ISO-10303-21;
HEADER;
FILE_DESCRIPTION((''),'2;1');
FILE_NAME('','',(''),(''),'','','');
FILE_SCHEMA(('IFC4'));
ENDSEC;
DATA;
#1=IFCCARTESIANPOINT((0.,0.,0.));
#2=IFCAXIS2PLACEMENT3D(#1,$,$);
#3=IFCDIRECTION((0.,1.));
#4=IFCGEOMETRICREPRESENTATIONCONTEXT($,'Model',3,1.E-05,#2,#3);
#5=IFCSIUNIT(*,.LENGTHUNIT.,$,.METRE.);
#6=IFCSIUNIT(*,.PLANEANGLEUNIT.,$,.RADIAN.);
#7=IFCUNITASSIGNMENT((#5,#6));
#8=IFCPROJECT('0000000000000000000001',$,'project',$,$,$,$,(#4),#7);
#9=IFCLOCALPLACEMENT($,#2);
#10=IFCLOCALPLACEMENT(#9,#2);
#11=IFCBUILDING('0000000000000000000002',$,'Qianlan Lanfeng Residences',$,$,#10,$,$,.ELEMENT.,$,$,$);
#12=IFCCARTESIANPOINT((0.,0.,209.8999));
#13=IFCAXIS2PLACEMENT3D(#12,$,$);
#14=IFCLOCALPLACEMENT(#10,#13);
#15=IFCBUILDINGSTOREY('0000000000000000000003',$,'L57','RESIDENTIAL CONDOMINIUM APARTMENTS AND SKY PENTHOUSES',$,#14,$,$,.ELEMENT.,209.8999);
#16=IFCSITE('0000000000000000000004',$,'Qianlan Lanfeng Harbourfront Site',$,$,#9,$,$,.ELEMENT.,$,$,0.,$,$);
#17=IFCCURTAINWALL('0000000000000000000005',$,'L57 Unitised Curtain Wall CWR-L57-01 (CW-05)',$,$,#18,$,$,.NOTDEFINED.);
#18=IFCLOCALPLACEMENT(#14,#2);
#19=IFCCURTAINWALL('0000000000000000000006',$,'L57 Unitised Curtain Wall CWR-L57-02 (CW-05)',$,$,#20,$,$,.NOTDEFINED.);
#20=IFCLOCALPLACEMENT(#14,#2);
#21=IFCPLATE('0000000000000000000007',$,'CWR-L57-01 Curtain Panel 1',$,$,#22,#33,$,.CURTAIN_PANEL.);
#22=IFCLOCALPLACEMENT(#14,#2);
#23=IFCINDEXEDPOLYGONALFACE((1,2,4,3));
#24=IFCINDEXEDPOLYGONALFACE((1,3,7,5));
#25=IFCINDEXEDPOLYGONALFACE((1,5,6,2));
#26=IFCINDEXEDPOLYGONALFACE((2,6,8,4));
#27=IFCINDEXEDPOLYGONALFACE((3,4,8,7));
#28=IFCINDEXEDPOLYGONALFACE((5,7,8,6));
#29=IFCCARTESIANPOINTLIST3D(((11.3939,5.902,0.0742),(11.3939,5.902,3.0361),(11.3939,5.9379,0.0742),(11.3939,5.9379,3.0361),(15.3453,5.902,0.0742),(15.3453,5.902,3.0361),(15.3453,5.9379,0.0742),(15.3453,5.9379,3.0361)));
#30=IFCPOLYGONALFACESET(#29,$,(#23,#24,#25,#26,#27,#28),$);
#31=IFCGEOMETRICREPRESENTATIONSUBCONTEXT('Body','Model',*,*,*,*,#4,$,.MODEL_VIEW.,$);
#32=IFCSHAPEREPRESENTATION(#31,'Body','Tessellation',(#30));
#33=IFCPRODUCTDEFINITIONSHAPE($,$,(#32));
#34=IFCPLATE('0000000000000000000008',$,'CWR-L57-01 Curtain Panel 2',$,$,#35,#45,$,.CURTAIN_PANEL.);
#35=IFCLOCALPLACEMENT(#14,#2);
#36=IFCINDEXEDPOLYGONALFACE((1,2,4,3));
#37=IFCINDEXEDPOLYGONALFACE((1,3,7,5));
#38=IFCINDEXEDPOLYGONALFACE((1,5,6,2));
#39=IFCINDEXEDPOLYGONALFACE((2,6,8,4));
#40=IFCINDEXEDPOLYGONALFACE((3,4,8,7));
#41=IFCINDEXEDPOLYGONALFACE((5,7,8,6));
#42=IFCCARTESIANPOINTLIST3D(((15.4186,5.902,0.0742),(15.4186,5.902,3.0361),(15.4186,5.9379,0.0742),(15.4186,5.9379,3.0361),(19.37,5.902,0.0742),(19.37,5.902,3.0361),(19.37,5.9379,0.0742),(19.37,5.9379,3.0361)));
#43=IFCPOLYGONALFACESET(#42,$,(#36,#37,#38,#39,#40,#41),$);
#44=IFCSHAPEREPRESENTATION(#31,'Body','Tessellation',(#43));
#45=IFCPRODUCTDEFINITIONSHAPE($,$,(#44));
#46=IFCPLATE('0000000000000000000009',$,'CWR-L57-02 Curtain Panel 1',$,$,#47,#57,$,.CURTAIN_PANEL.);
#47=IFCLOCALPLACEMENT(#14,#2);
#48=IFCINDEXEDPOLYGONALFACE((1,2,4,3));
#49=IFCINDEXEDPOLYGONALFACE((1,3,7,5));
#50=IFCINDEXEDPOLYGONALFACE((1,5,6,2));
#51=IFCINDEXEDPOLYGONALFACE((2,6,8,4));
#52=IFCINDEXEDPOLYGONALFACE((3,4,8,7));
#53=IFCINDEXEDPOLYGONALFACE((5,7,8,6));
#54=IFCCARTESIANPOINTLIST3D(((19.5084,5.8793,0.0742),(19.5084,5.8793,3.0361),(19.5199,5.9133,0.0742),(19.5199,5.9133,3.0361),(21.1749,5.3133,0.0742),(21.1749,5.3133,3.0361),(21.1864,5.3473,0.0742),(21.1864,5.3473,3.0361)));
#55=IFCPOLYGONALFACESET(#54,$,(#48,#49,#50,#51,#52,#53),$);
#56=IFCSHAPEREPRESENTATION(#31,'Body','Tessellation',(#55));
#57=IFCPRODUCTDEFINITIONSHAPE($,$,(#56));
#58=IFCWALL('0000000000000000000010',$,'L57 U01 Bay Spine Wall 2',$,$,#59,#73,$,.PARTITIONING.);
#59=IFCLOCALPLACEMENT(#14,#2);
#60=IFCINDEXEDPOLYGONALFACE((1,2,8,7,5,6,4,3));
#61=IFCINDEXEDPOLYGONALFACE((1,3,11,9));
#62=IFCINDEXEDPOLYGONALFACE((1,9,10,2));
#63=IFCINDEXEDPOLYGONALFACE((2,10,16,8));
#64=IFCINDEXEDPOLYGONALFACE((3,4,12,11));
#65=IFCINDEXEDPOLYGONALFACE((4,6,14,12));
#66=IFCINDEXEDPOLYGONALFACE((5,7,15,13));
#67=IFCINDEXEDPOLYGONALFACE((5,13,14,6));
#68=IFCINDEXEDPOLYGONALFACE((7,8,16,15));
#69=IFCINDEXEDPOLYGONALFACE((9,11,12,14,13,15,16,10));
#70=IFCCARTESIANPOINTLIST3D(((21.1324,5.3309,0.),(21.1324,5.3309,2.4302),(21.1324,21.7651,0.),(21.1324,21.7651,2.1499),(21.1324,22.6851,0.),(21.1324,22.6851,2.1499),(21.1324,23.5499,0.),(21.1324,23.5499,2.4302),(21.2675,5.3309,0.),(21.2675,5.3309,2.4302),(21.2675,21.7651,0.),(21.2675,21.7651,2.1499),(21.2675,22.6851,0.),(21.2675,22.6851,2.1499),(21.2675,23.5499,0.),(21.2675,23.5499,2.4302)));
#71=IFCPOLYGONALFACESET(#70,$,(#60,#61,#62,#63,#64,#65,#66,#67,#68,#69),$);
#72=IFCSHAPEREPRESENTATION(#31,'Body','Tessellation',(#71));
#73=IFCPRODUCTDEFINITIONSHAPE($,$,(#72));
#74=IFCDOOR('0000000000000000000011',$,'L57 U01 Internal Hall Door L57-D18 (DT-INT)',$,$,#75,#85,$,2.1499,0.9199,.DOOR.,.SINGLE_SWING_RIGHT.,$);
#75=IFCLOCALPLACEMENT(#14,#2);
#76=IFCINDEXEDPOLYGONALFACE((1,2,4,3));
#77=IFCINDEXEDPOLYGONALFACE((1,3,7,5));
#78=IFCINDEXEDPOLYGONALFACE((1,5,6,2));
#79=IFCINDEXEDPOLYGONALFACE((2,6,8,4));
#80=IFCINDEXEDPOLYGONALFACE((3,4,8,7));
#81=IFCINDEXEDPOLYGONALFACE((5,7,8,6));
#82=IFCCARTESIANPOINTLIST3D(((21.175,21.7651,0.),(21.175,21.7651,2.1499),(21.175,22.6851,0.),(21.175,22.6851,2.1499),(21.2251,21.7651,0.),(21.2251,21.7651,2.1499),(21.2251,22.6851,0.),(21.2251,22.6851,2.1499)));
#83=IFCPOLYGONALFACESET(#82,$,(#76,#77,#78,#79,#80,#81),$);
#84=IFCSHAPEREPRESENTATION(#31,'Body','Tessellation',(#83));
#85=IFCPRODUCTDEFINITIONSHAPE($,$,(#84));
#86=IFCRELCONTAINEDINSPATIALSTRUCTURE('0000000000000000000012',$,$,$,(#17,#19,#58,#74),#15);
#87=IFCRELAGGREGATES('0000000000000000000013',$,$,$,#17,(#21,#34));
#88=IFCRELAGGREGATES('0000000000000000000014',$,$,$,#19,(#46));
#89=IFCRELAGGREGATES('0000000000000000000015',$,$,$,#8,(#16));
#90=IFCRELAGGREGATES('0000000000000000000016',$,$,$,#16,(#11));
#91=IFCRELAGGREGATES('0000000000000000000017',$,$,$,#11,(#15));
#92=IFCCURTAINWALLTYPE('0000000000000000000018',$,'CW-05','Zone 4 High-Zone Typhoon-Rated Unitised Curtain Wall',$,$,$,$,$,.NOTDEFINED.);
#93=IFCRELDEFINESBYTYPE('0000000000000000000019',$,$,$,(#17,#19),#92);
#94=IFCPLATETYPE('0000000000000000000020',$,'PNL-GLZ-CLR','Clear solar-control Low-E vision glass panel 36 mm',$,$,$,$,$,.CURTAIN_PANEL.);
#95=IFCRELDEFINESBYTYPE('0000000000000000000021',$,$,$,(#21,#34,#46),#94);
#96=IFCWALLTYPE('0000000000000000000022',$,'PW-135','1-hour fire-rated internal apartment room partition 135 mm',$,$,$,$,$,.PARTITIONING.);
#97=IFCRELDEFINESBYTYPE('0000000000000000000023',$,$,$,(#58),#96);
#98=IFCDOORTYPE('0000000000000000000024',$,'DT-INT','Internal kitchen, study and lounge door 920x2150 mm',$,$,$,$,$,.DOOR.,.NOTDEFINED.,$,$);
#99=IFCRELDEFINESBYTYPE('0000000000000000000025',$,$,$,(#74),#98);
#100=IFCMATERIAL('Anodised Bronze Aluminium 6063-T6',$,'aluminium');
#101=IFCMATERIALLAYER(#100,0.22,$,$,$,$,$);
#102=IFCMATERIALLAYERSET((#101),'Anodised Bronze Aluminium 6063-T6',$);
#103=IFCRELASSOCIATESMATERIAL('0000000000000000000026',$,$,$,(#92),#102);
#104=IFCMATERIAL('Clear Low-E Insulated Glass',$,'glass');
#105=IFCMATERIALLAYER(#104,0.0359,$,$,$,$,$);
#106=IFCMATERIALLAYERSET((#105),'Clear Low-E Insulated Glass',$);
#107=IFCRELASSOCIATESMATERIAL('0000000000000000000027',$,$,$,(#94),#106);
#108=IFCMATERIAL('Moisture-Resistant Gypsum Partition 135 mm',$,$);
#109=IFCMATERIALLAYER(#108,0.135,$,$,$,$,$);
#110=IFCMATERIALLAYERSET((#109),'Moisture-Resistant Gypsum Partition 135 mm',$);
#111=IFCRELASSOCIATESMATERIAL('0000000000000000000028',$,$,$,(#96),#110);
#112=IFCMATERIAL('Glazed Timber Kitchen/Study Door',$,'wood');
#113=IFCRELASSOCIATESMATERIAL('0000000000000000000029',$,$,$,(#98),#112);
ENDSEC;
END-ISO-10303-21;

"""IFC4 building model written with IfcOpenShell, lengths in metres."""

from ifc_helpers import new_model, si_unit, direction, frame, frame_2d, origin, origin_2d, place, context, subcontext, project, spatial, rectangle, extrude, source, transform, mapped, material, layer, layer_set, type_object, element, fill, aggregate, save


model = new_model("IFC4")

# Units and contexts
model_context = context("Model", 3, precision=1e-05, world=origin(), true_north=direction((0.0, 1.0)))
body_context = subcontext(model_context, "Body", "Model", "MODEL_VIEW")
ifc_project = project(units=[si_unit("LENGTHUNIT", "METRE"), si_unit("PLANEANGLEUNIT", "RADIAN")], contexts=[model_context])

# Site, building, storey
site_placement = place(None, origin())
site = spatial("IfcSite", under=ifc_project, at=site_placement, Name="Qianlan Lanfeng Harbourfront Site", CompositionType="ELEMENT", RefElevation=0.0)
building_placement = place(site_placement, origin())
building = spatial("IfcBuilding", under=site, at=building_placement, Name="Qianlan Lanfeng Residences", CompositionType="ELEMENT")
storey_placement = place(building_placement, frame((0.0, 0.0, 209.8999)))
storey = spatial("IfcBuildingStorey", under=building, at=storey_placement, Name="L57", Description="RESIDENTIAL CONDOMINIUM APARTMENTS AND SKY PENTHOUSES", CompositionType="ELEMENT", Elevation=209.8999)

# Curtain walls
ifc_material_1 = material(Name="Anodised Bronze Aluminium 6063-T6", Category="aluminium")
ifc_layer_1 = layer(ifc_material_1, 0.22)
ifc_layer_set_1 = layer_set([ifc_layer_1], Name="Anodised Bronze Aluminium 6063-T6")
curtain_wall_type = type_object("IfcCurtainWallType", Name="CW-05", Description="Zone 4 High-Zone Typhoon-Rated Unitised Curtain Wall", PredefinedType="NOTDEFINED", material=ifc_layer_set_1)
curtain_wall_1_placement = place(storey_placement, origin())
curtain_wall_1 = element("IfcCurtainWall", 1, at=curtain_wall_1_placement, inside=storey, type_object=curtain_wall_type, Name="L57 Unitised Curtain Wall CWR-L57-01 (CW-05)", PredefinedType="NOTDEFINED")
curtain_wall_2_placement = place(storey_placement, origin())
curtain_wall_2 = element("IfcCurtainWall", 2, at=curtain_wall_2_placement, inside=storey, type_object=curtain_wall_type, Name="L57 Unitised Curtain Wall CWR-L57-02 (CW-05)", PredefinedType="NOTDEFINED")

# Plates
ifc_material_2 = material(Name="Clear Low-E Insulated Glass", Category="glass")
ifc_layer_2 = layer(ifc_material_2, 0.0359)
ifc_layer_set_2 = layer_set([ifc_layer_2], Name="Clear Low-E Insulated Glass")
plate_type = type_object("IfcPlateType", Name="PNL-GLZ-CLR", Description="Clear solar-control Low-E vision glass panel 36 mm", PredefinedType="CURTAIN_PANEL", material=ifc_layer_set_2)
shared_shape_1 = source(origin(), body_context, "Body", "SweptSolid", [
    extrude(rectangle(XDim=3.9514, YDim=0.0359, at=origin_2d()), origin(), (0.0, 0.0, 1.0), 2.9619),
])
plate_1_placement = place(storey_placement, frame((13.3696, 5.9199, 0.0742), z_axis=(0.0, 0.0, 1.0), x_axis=(1.0, 0.0, 0.0)))
plate_1 = element("IfcPlate", 3, at=plate_1_placement, type_object=plate_type, Name="CWR-L57-01 Curtain Panel 1", PredefinedType="CURTAIN_PANEL", context=body_context, shape_type="MappedRepresentation", body=[
    mapped(shared_shape_1, transform((0.0, 0.0, 0.0), scale=1.0)),
])
plate_2_placement = place(storey_placement, frame((17.3943, 5.9199, 0.0742), z_axis=(0.0, 0.0, 1.0), x_axis=(1.0, 0.0, 0.0)))
plate_2 = element("IfcPlate", 4, at=plate_2_placement, type_object=plate_type, Name="CWR-L57-01 Curtain Panel 2", PredefinedType="CURTAIN_PANEL", context=body_context, shape_type="MappedRepresentation", body=[
    mapped(shared_shape_1, transform((0.0, 0.0, 0.0), scale=1.0)),
])
aggregate(curtain_wall_1, [plate_1, plate_2])
shared_shape_2 = source(origin(), body_context, "Body", "SweptSolid", [
    extrude(rectangle(XDim=1.76, YDim=0.0359, at=origin_2d()), origin(), (0.0, 0.0, 1.0), 2.9619),
])
plate_3_placement = place(storey_placement, frame((20.3474, 5.6133, 0.0742), z_axis=(0.0, 0.0, 1.0), x_axis=(0.946877, -0.321596, 0.0)))
plate_3 = element("IfcPlate", 5, at=plate_3_placement, type_object=plate_type, Name="CWR-L57-02 Curtain Panel 1", PredefinedType="CURTAIN_PANEL", context=body_context, shape_type="MappedRepresentation", body=[
    mapped(shared_shape_2, transform((0.0, 0.0, 0.0), scale=1.0)),
])
aggregate(curtain_wall_2, [plate_3])

# Wall, opening, door
ifc_material_3 = material(Name="Moisture-Resistant Gypsum Partition 135 mm")
ifc_layer_3 = layer(ifc_material_3, 0.135)
ifc_layer_set_3 = layer_set([ifc_layer_3], Name="Moisture-Resistant Gypsum Partition 135 mm")
wall_type = type_object("IfcWallType", Name="PW-135", Description="1-hour fire-rated internal apartment room partition 135 mm", PredefinedType="PARTITIONING", material=ifc_layer_set_3)
wall_1_placement = place(storey_placement, frame((21.2, 5.3311, 0.0), z_axis=(0.0, 0.0, 1.0), x_axis=(0.0, 1.0, 0.0)))
wall_1 = element("IfcWall", 6, at=wall_1_placement, inside=storey, type_object=wall_type, Name="L57 U01 Bay Spine Wall 2", PredefinedType="PARTITIONING", context=body_context, shape_type="SweptSolid", body=[
    extrude(rectangle(XDim=18.219, YDim=0.135, at=frame_2d((9.1094, 0.0))), origin(), (0.0, 0.0, 1.0), 2.4302),
])
opening_1_placement = place(wall_1_placement, frame((16.4341, 0.0, 0.0)))
opening_1 = element("IfcOpeningElement", 7, at=opening_1_placement, cuts=wall_1, PredefinedType="OPENING", context=body_context, shape_type="SweptSolid", body=[
    extrude(rectangle(XDim=0.9199, YDim=2.1499, at=frame_2d((0.46, 1.075))), frame((0.0, 0.0776, 0.0), z_axis=(0.0, -1.0, 0.0), x_axis=(1.0, 0.0, 0.0)), (0.0, 0.0, 1.0), 0.155),
])
ifc_material_4 = material(Name="Glazed Timber Kitchen/Study Door", Category="wood")
door_type_1 = type_object("IfcDoorType", Name="DT-INT", Description="Internal kitchen, study and lounge door 920x2150 mm", OperationType="NOTDEFINED", PredefinedType="DOOR", material=ifc_material_4)
door_1_placement = place(opening_1_placement, origin())
door_1 = element("IfcDoor", 8, at=door_1_placement, inside=storey, type_object=door_type_1, Name="L57 U01 Internal Hall Door L57-D18 (DT-INT)", OperationType="SINGLE_SWING_RIGHT", OverallHeight=2.1499, OverallWidth=0.9199, PredefinedType="DOOR", context=body_context, shape_type="SweptSolid", body=[
    extrude(rectangle(XDim=0.9199, YDim=2.1499, at=frame_2d((0.46, 1.075))), frame((0.0, 0.0249, 0.0), z_axis=(0.0, -1.0, 0.0), x_axis=(1.0, 0.0, 0.0)), (0.0, 0.0, 1.0), 0.05),
])
fill(opening_1, door_1)

save(model, "model.ifc")
